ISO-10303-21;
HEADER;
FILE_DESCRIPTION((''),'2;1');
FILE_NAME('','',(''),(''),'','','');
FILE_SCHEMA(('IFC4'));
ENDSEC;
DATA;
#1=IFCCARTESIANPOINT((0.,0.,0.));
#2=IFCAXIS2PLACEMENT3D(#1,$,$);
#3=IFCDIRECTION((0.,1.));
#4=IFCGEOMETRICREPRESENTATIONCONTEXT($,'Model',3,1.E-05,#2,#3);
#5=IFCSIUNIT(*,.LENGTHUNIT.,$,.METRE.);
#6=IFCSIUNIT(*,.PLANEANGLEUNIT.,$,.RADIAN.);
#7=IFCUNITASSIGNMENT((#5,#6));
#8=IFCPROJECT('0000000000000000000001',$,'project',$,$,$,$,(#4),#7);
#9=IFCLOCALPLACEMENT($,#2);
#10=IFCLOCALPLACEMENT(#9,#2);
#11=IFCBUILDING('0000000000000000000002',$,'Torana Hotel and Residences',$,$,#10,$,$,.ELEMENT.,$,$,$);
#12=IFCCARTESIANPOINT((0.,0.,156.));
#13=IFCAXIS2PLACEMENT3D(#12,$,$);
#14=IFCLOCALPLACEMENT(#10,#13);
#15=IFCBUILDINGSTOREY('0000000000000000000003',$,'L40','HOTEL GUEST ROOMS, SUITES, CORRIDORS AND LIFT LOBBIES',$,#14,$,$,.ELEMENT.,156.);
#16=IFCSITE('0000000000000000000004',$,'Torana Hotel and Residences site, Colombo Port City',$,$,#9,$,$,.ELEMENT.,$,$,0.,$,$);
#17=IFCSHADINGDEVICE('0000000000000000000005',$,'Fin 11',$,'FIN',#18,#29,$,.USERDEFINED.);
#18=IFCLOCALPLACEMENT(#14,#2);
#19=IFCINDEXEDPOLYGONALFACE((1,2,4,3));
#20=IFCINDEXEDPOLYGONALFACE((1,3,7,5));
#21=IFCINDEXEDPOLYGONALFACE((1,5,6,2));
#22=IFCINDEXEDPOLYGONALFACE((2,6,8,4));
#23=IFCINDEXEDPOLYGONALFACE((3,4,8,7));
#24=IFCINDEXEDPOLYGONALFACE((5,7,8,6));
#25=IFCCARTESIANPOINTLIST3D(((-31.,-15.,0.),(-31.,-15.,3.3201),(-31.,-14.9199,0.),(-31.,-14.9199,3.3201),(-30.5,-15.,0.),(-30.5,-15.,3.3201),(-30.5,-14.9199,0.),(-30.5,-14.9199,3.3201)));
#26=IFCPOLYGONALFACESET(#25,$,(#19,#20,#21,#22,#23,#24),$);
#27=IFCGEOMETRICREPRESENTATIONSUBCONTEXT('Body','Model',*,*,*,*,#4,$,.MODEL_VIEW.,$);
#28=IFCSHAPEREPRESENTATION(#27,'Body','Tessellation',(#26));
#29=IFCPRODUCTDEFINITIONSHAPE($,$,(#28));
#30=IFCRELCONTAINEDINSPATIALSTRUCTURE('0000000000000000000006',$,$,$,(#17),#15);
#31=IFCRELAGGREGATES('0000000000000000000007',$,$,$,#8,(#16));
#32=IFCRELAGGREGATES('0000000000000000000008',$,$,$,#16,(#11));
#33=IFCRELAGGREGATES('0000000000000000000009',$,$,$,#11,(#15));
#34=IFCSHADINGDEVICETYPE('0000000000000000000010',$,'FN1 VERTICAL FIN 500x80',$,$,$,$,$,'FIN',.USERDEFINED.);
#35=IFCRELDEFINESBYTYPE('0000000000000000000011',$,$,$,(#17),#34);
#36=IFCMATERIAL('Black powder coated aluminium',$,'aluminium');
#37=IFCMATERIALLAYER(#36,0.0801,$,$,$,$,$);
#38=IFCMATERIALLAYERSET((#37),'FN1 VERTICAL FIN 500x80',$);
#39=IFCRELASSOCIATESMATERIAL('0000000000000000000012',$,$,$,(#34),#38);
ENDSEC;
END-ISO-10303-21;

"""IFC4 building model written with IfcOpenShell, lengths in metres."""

from ifc_helpers import new_model, si_unit, direction, frame, origin, origin_2d, place, context, subcontext, project, spatial, rectangle, extrude, material, layer, layer_set, type_object, element, save


model = new_model("IFC4")

# Units and contexts
model_context = context("Model", 3, precision=1e-05, world=origin(), true_north=direction((0.0, 1.0)))
body_context = subcontext(model_context, "Body", "Model", "MODEL_VIEW")
ifc_project = project(units=[si_unit("LENGTHUNIT", "METRE"), si_unit("PLANEANGLEUNIT", "RADIAN")], contexts=[model_context])

# Site, building, storey
site_placement = place(None, origin())
site = spatial("IfcSite", under=ifc_project, at=site_placement, Name="Torana Hotel and Residences site, Colombo Port City", CompositionType="ELEMENT", RefElevation=0.0)
building_placement = place(site_placement, origin())
building = spatial("IfcBuilding", under=site, at=building_placement, Name="Torana Hotel and Residences", CompositionType="ELEMENT")
storey_placement = place(building_placement, frame((0.0, 0.0, 156.0)))
storey = spatial("IfcBuildingStorey", under=building, at=storey_placement, Name="L40", Description="HOTEL GUEST ROOMS, SUITES, CORRIDORS AND LIFT LOBBIES", CompositionType="ELEMENT", Elevation=156.0)

# Shading device
ifc_material_1 = material(Name="Black powder coated aluminium", Category="aluminium")
ifc_layer_1 = layer(ifc_material_1, 0.0801)
ifc_layer_set_1 = layer_set([ifc_layer_1], Name="FN1 VERTICAL FIN 500x80")
shading_device_type = type_object("IfcShadingDeviceType", Name="FN1 VERTICAL FIN 500x80", ElementType="FIN", PredefinedType="USERDEFINED", material=ifc_layer_set_1)
shading_device_placement = place(storey_placement, frame((-30.75, -14.96, 0.0), z_axis=(0.0, 0.0, 1.0), x_axis=(0.0, 1.0, 0.0)))
element("IfcShadingDevice", 1, at=shading_device_placement, inside=storey, type_object=shading_device_type, Name="Fin 11", ObjectType="FIN", PredefinedType="USERDEFINED", context=body_context, shape_type="SweptSolid", body=[
    extrude(rectangle(XDim=0.0801, YDim=0.5, at=origin_2d()), origin(), (0.0, 0.0, 1.0), 3.3201),
])

save(model, "model.ifc")
